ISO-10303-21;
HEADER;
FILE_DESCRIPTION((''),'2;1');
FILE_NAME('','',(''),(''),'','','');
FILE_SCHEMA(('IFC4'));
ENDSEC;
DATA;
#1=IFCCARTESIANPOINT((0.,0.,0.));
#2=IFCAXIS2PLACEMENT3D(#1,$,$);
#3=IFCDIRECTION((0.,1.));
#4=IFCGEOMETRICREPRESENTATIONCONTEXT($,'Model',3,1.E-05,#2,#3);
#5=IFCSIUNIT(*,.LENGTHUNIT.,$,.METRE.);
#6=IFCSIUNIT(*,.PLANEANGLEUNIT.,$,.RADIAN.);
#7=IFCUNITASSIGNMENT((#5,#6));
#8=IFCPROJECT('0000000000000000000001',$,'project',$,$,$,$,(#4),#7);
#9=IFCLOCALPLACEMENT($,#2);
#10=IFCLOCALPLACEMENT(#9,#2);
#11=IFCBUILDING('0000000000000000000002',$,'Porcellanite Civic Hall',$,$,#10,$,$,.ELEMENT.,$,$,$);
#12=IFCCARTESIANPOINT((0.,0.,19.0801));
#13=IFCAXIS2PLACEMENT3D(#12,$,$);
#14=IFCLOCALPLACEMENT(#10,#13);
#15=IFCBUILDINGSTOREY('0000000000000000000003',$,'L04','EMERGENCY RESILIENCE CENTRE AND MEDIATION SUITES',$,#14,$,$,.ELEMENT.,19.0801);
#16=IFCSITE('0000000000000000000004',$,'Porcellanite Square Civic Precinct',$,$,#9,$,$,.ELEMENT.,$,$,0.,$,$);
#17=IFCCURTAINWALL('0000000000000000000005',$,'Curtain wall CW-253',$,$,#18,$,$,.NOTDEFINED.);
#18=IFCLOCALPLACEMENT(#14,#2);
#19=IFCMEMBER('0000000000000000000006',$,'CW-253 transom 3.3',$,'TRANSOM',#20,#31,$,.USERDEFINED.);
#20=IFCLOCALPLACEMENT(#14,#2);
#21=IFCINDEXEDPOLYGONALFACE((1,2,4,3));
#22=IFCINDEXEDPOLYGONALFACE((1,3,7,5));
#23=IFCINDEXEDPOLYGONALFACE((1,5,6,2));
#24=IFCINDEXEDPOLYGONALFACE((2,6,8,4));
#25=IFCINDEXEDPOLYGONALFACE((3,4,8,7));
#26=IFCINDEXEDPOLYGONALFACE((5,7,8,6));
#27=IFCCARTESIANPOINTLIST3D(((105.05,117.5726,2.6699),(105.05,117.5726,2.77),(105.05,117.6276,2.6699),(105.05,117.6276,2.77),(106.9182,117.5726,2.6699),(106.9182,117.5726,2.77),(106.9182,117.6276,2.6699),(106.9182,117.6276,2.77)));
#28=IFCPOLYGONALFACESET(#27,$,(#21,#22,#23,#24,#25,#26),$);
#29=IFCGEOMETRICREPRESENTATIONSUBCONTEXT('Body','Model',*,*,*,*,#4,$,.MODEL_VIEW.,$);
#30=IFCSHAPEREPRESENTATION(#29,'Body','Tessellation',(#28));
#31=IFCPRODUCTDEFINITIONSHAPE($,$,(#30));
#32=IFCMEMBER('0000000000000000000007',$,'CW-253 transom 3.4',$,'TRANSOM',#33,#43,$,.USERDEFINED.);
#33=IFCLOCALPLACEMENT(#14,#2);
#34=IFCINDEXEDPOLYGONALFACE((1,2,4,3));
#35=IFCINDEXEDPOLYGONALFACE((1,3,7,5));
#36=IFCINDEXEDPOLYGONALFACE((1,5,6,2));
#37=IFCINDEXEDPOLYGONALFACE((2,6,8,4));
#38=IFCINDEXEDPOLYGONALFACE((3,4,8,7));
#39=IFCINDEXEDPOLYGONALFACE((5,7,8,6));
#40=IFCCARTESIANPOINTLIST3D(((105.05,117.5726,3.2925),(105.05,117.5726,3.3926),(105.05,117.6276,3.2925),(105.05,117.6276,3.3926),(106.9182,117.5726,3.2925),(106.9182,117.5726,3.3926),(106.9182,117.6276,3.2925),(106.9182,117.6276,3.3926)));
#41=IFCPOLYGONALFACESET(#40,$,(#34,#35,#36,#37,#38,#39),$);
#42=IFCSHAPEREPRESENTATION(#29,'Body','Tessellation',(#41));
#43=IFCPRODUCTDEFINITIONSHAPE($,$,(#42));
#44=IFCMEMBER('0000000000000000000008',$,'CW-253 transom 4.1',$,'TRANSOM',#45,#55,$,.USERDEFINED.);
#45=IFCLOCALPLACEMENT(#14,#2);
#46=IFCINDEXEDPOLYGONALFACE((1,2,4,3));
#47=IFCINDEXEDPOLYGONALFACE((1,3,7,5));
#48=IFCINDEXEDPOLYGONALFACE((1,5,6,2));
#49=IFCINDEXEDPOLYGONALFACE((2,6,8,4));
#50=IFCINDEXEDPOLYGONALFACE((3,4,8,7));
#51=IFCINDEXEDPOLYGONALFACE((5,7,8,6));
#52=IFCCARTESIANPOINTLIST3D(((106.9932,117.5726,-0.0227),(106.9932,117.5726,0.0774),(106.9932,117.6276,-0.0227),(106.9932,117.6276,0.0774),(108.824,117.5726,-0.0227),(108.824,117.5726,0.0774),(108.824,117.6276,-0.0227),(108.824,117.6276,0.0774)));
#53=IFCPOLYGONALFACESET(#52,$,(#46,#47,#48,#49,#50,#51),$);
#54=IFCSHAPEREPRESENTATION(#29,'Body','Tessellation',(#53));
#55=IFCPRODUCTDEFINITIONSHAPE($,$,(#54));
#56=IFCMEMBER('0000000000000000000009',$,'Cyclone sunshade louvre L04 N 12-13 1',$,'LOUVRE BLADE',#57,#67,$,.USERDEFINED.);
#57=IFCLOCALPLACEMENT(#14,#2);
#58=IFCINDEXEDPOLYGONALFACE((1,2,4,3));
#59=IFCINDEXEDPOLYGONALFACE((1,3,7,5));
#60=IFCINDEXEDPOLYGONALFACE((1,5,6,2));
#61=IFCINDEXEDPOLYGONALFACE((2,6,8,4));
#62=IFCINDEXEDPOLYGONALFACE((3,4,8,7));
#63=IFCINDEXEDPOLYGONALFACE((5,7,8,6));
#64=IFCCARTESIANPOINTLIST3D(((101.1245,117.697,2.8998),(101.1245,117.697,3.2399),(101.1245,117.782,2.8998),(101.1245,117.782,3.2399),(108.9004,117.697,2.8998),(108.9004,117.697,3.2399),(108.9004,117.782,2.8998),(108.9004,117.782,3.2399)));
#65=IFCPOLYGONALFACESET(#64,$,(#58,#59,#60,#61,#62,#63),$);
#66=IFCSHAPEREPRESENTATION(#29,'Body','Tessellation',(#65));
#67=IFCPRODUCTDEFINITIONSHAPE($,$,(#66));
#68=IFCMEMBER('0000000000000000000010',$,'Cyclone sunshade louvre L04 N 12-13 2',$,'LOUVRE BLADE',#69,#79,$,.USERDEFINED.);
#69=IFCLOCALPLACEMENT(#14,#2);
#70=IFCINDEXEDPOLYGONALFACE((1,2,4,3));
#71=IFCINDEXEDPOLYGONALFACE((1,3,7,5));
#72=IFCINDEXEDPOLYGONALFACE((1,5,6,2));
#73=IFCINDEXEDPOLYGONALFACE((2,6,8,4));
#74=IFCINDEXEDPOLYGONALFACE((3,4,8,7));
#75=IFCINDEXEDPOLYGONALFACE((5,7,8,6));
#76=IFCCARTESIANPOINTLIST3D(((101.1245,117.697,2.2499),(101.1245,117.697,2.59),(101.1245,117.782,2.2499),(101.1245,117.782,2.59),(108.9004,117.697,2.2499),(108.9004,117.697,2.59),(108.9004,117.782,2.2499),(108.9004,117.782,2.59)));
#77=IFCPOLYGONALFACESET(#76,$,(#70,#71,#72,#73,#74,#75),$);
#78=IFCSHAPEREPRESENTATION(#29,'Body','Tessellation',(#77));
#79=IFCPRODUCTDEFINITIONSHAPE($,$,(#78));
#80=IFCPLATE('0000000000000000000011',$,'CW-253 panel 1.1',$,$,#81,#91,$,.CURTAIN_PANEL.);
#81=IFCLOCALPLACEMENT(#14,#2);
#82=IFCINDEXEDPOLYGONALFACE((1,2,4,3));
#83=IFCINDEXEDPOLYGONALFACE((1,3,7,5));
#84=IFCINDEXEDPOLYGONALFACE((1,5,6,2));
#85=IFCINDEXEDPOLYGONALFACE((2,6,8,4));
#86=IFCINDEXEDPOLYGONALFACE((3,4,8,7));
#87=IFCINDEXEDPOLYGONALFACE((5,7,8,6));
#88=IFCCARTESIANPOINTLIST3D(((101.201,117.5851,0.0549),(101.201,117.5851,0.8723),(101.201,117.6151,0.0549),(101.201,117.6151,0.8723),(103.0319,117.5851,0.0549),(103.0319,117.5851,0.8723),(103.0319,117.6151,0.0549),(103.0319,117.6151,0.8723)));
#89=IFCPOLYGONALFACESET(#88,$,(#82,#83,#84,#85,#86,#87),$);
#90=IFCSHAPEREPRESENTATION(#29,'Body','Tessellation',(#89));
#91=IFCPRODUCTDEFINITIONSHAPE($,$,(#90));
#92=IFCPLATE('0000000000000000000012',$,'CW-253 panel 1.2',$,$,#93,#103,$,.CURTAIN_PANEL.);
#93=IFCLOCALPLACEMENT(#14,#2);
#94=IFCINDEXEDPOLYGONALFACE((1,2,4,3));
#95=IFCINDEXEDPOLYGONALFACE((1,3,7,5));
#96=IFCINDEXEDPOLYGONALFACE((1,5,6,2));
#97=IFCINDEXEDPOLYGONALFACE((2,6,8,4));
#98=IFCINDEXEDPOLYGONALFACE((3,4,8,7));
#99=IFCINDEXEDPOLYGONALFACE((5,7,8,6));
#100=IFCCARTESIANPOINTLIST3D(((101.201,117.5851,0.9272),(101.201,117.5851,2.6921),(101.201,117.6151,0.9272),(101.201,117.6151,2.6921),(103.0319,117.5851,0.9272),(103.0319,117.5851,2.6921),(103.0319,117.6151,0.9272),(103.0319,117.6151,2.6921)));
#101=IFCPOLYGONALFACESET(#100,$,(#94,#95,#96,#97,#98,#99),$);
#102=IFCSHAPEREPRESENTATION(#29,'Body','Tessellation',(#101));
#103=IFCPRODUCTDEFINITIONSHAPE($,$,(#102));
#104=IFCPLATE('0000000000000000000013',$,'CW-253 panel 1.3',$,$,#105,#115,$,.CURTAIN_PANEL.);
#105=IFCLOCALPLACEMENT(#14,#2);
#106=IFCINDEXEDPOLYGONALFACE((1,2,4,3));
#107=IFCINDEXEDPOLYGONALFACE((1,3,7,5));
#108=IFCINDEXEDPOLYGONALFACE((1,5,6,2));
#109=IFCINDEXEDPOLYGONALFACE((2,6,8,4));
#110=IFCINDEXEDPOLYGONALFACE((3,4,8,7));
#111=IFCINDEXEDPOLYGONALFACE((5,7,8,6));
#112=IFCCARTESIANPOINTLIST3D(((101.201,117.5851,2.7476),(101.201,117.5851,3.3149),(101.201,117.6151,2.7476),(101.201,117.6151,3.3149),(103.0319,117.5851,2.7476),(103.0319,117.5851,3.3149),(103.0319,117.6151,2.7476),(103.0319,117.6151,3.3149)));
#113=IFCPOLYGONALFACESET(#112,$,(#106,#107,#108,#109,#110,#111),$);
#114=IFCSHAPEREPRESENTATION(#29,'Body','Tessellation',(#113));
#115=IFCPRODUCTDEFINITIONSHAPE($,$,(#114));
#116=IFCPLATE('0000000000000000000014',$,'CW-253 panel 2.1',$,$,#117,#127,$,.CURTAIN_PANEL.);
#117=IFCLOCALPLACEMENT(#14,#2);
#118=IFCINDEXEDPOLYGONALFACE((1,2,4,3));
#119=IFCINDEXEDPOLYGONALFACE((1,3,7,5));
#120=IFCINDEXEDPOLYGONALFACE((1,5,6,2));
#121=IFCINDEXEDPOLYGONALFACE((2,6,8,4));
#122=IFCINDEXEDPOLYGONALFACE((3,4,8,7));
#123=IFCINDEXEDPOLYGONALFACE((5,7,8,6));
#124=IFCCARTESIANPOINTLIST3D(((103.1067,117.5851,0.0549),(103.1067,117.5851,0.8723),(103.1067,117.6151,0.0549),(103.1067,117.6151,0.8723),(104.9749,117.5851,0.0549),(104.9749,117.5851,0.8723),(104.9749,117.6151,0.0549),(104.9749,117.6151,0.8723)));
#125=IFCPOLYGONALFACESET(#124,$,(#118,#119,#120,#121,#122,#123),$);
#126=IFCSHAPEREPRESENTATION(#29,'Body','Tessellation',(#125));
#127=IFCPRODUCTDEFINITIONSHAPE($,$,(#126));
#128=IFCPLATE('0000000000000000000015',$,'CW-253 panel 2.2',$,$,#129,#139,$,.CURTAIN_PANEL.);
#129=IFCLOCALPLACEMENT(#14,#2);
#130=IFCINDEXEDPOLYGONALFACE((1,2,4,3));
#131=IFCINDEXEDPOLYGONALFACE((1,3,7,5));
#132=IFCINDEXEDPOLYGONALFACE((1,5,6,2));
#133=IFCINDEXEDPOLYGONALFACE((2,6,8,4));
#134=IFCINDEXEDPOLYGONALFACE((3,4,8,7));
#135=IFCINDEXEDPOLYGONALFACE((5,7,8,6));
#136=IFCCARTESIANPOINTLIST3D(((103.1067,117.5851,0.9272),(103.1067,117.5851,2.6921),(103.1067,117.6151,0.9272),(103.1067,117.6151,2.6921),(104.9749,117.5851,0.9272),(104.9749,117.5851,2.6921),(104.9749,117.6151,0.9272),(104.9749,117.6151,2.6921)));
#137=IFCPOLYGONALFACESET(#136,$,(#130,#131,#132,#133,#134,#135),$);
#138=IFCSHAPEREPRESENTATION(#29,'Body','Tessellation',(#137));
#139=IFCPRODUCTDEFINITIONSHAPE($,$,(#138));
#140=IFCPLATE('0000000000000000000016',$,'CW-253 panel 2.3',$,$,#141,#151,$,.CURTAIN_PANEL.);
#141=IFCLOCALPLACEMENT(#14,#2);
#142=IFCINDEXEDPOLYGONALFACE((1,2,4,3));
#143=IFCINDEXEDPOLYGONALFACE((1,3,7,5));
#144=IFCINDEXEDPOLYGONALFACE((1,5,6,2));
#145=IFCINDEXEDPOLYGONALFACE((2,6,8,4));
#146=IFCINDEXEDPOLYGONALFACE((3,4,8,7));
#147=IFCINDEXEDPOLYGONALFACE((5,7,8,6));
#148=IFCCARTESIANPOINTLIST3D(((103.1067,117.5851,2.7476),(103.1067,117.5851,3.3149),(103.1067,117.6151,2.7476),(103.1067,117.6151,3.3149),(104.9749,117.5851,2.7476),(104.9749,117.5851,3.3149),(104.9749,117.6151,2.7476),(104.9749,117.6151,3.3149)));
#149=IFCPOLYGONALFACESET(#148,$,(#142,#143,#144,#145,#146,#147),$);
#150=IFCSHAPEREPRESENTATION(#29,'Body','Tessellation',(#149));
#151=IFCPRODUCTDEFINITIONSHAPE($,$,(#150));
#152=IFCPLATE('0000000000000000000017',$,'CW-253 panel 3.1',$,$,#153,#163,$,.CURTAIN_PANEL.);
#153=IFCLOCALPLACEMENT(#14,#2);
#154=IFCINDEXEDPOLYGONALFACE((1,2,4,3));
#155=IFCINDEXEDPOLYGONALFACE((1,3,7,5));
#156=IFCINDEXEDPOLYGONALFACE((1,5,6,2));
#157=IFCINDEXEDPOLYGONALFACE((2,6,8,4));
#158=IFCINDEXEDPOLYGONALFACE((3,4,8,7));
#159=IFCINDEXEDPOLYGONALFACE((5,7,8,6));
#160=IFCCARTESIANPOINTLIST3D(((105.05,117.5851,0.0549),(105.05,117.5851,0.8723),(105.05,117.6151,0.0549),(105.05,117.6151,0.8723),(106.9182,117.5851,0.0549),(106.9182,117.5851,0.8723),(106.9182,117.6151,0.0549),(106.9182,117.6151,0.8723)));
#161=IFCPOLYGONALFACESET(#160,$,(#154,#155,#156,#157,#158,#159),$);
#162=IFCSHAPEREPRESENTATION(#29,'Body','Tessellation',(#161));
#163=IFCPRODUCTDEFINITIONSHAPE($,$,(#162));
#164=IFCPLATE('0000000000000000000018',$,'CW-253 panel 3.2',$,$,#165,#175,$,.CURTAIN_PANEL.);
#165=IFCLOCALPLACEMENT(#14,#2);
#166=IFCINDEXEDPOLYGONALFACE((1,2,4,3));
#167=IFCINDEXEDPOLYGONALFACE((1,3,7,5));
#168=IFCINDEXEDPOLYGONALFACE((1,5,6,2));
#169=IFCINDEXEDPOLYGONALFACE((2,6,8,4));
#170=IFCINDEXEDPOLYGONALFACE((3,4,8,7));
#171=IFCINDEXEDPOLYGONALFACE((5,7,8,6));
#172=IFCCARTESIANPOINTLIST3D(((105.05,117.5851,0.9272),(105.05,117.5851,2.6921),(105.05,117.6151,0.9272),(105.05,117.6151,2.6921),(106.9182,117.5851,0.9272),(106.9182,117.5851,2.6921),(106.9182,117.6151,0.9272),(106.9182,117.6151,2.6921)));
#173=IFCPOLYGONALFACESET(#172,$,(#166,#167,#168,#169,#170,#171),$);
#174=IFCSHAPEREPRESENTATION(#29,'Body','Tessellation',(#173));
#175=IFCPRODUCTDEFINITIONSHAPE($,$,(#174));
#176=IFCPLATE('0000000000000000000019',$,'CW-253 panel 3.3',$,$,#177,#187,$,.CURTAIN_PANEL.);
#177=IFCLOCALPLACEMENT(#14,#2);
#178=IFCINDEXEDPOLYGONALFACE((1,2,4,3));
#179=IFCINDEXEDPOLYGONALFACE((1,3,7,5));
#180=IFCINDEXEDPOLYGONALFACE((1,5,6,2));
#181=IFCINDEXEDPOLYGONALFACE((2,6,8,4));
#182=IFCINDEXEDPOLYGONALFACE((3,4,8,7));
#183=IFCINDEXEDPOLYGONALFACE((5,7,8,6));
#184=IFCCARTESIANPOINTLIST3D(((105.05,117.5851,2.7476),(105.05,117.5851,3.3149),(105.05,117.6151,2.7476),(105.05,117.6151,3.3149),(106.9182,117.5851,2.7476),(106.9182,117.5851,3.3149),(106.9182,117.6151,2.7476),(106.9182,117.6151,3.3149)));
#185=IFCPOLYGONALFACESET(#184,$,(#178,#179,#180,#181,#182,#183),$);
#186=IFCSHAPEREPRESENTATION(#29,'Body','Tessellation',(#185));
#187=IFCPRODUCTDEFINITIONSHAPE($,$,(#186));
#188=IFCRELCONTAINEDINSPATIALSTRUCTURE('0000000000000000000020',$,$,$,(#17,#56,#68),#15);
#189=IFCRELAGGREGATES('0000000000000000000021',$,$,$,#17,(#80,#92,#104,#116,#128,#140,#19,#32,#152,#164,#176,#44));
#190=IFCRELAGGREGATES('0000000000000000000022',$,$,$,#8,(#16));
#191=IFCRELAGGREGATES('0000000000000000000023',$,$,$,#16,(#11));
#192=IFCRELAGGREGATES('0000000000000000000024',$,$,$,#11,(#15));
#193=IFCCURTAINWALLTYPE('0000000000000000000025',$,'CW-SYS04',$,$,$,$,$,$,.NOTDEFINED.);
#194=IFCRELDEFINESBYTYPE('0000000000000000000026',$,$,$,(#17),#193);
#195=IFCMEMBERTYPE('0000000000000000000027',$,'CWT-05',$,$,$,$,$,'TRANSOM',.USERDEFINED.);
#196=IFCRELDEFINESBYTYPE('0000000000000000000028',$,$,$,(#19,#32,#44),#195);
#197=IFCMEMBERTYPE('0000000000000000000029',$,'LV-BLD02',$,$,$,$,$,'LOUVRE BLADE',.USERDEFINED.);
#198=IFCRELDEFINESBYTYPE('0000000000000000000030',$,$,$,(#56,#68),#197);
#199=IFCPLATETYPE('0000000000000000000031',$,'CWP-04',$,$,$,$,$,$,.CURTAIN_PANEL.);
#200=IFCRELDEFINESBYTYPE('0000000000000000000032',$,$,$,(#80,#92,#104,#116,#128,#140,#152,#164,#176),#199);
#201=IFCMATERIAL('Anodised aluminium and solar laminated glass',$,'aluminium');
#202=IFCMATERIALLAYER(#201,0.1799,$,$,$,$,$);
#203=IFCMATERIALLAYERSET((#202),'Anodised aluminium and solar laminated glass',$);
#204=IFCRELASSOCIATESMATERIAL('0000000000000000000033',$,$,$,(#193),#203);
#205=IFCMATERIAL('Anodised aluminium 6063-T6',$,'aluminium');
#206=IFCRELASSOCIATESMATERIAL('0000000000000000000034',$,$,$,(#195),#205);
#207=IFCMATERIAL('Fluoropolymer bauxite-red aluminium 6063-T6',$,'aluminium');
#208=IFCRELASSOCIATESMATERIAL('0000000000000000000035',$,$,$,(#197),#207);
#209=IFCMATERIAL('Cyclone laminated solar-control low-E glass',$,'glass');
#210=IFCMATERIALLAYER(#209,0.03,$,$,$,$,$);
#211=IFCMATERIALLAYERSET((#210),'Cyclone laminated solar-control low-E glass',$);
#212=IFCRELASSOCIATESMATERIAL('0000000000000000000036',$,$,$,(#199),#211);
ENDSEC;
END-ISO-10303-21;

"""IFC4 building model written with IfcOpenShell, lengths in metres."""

from ifc_helpers import new_model, si_unit, direction, frame, origin, origin_2d, place, context, subcontext, project, spatial, rectangle, extrude, material, layer, layer_set, material_profile, profile_set, type_object, element, aggregate, save


model = new_model("IFC4")

# Units and contexts
model_context = context("Model", 3, precision=1e-05, world=origin(), true_north=direction((0.0, 1.0)))
body_context = subcontext(model_context, "Body", "Model", "MODEL_VIEW")
ifc_project = project(units=[si_unit("LENGTHUNIT", "METRE"), si_unit("PLANEANGLEUNIT", "RADIAN")], contexts=[model_context])

# Site, building, storey
site_placement = place(None, origin())
site = spatial("IfcSite", under=ifc_project, at=site_placement, Name="Porcellanite Square Civic Precinct", CompositionType="ELEMENT", RefElevation=0.0)
building_placement = place(site_placement, origin())
building = spatial("IfcBuilding", under=site, at=building_placement, Name="Porcellanite Civic Hall", CompositionType="ELEMENT")
storey_placement = place(building_placement, frame((0.0, 0.0, 19.0801)))
storey = spatial("IfcBuildingStorey", under=building, at=storey_placement, Name="L04", Description="EMERGENCY RESILIENCE CENTRE AND MEDIATION SUITES", CompositionType="ELEMENT", Elevation=19.0801)

# Curtain wall, members
ifc_material_1 = material(Name="Anodised aluminium and solar laminated glass", Category="aluminium")
ifc_layer_1 = layer(ifc_material_1, 0.1799)
ifc_layer_set_1 = layer_set([ifc_layer_1], Name="Anodised aluminium and solar laminated glass")
curtain_wall_type = type_object("IfcCurtainWallType", Name="CW-SYS04", PredefinedType="NOTDEFINED", material=ifc_layer_set_1)
curtain_wall_placement = place(storey_placement, origin())
curtain_wall = element("IfcCurtainWall", 1, at=curtain_wall_placement, inside=storey, type_object=curtain_wall_type, Name="Curtain wall CW-253", PredefinedType="NOTDEFINED")
ifc_material_2 = material(Name="Anodised aluminium 6063-T6", Category="aluminium")
ifc_material_profile_1 = material_profile(ifc_material_2, rectangle(XDim=0.0549, YDim=0.1001, at=origin_2d()), Name="AL-55x100")
ifc_profile_set_1 = profile_set([ifc_material_profile_1], Name="Anodised aluminium 6063-T6")
member_type_1 = type_object("IfcMemberType", Name="CWT-05", ElementType="TRANSOM", PredefinedType="USERDEFINED", material=ifc_profile_set_1)
member_1_placement = place(storey_placement, frame((105.05, 117.6001, 2.72), z_axis=(1.0, 0.0, 0.0), x_axis=(0.0, 1.0, 0.0)))
member_1 = element("IfcMember", 2, at=member_1_placement, type_object=member_type_1, Name="CW-253 transom 3.3", ObjectType="TRANSOM", PredefinedType="USERDEFINED", context=body_context, shape_type="SweptSolid", body=[
    extrude(rectangle(XDim=0.0549, YDim=0.1001, at=origin_2d()), origin(), (0.0, 0.0, 1.0), 1.8682),
])
member_2_placement = place(storey_placement, frame((105.05, 117.6001, 3.3425), z_axis=(1.0, 0.0, 0.0), x_axis=(0.0, 1.0, 0.0)))
member_2 = element("IfcMember", 3, at=member_2_placement, type_object=member_type_1, Name="CW-253 transom 3.4", ObjectType="TRANSOM", PredefinedType="USERDEFINED", context=body_context, shape_type="SweptSolid", body=[
    extrude(rectangle(XDim=0.0549, YDim=0.1001, at=origin_2d()), origin(), (0.0, 0.0, 1.0), 1.8682),
])
member_3_placement = place(storey_placement, frame((106.9932, 117.6001, 0.0273), z_axis=(1.0, 0.0, 0.0), x_axis=(0.0, 1.0, 0.0)))
member_3 = element("IfcMember", 4, at=member_3_placement, type_object=member_type_1, Name="CW-253 transom 4.1", ObjectType="TRANSOM", PredefinedType="USERDEFINED", context=body_context, shape_type="SweptSolid", body=[
    extrude(rectangle(XDim=0.0549, YDim=0.1001, at=origin_2d()), origin(), (0.0, 0.0, 1.0), 1.8308),
])

# Members
ifc_material_3 = material(Name="Fluoropolymer bauxite-red aluminium 6063-T6", Category="aluminium")
ifc_material_profile_2 = material_profile(ifc_material_3, rectangle(XDim=0.085, YDim=0.3401, at=origin_2d()), Name="AL-85x340")
ifc_profile_set_2 = profile_set([ifc_material_profile_2], Name="Fluoropolymer bauxite-red aluminium 6063-T6")
member_type_2 = type_object("IfcMemberType", Name="LV-BLD02", ElementType="LOUVRE BLADE", PredefinedType="USERDEFINED", material=ifc_profile_set_2)
for number, where, z_axis, x_axis, name in (
    (5, (101.1245, 117.7395, 3.0698), (1.0, 0.0, 0.0), (0.0, 1.0, 0.0), "Cyclone sunshade louvre L04 N 12-13 1"),
    (6, (101.1245, 117.7395, 2.4199), (1.0, 0.0, 0.0), (0.0, 1.0, 0.0), "Cyclone sunshade louvre L04 N 12-13 2"),
):
    element("IfcMember", number, at=place(storey_placement, frame(where, z_axis=z_axis, x_axis=x_axis)), inside=storey, type_object=member_type_2, Name=name, ObjectType="LOUVRE BLADE", PredefinedType="USERDEFINED", context=body_context, shape_type="SweptSolid", body=[
        extrude(rectangle(XDim=0.085, YDim=0.3401, at=origin_2d()), origin(), (0.0, 0.0, 1.0), 7.7759),
    ])

# Plates
ifc_material_4 = material(Name="Cyclone laminated solar-control low-E glass", Category="glass")
ifc_layer_2 = layer(ifc_material_4, 0.03)
ifc_layer_set_2 = layer_set([ifc_layer_2], Name="Cyclone laminated solar-control low-E glass")
plate_type = type_object("IfcPlateType", Name="CWP-04", PredefinedType="CURTAIN_PANEL", material=ifc_layer_set_2)
plate_1_placement = place(storey_placement, frame((102.1165, 117.6001, 0.0549), z_axis=(0.0, 0.0, 1.0), x_axis=(1.0, 0.0, 0.0)))
plate_1 = element("IfcPlate", 7, at=plate_1_placement, type_object=plate_type, Name="CW-253 panel 1.1", PredefinedType="CURTAIN_PANEL", context=body_context, shape_type="SweptSolid", body=[
    extrude(rectangle(XDim=1.8308, YDim=0.03, at=origin_2d()), origin(), (0.0, 0.0, 1.0), 0.8174),
])
plate_2_placement = place(storey_placement, frame((102.1165, 117.6001, 0.9272), z_axis=(0.0, 0.0, 1.0), x_axis=(1.0, 0.0, 0.0)))
plate_2 = element("IfcPlate", 8, at=plate_2_placement, type_object=plate_type, Name="CW-253 panel 1.2", PredefinedType="CURTAIN_PANEL", context=body_context, shape_type="SweptSolid", body=[
    extrude(rectangle(XDim=1.8308, YDim=0.03, at=origin_2d()), origin(), (0.0, 0.0, 1.0), 1.7649),
])
plate_3_placement = place(storey_placement, frame((102.1165, 117.6001, 2.7476), z_axis=(0.0, 0.0, 1.0), x_axis=(1.0, 0.0, 0.0)))
plate_3 = element("IfcPlate", 9, at=plate_3_placement, type_object=plate_type, Name="CW-253 panel 1.3", PredefinedType="CURTAIN_PANEL", context=body_context, shape_type="SweptSolid", body=[
    extrude(rectangle(XDim=1.8308, YDim=0.03, at=origin_2d()), origin(), (0.0, 0.0, 1.0), 0.5674),
])
plate_4_placement = place(storey_placement, frame((104.0408, 117.6001, 0.0549), z_axis=(0.0, 0.0, 1.0), x_axis=(1.0, 0.0, 0.0)))
plate_4 = element("IfcPlate", 10, at=plate_4_placement, type_object=plate_type, Name="CW-253 panel 2.1", PredefinedType="CURTAIN_PANEL", context=body_context, shape_type="SweptSolid", body=[
    extrude(rectangle(XDim=1.8682, YDim=0.03, at=origin_2d()), origin(), (0.0, 0.0, 1.0), 0.8174),
])
plate_5_placement = place(storey_placement, frame((104.0408, 117.6001, 0.9272), z_axis=(0.0, 0.0, 1.0), x_axis=(1.0, 0.0, 0.0)))
plate_5 = element("IfcPlate", 11, at=plate_5_placement, type_object=plate_type, Name="CW-253 panel 2.2", PredefinedType="CURTAIN_PANEL", context=body_context, shape_type="SweptSolid", body=[
    extrude(rectangle(XDim=1.8682, YDim=0.03, at=origin_2d()), origin(), (0.0, 0.0, 1.0), 1.7649),
])
plate_6_placement = place(storey_placement, frame((104.0408, 117.6001, 2.7476), z_axis=(0.0, 0.0, 1.0), x_axis=(1.0, 0.0, 0.0)))
plate_6 = element("IfcPlate", 12, at=plate_6_placement, type_object=plate_type, Name="CW-253 panel 2.3", PredefinedType="CURTAIN_PANEL", context=body_context, shape_type="SweptSolid", body=[
    extrude(rectangle(XDim=1.8682, YDim=0.03, at=origin_2d()), origin(), (0.0, 0.0, 1.0), 0.5674),
])
plate_7_placement = place(storey_placement, frame((105.9841, 117.6001, 0.0549), z_axis=(0.0, 0.0, 1.0), x_axis=(1.0, 0.0, 0.0)))
plate_7 = element("IfcPlate", 13, at=plate_7_placement, type_object=plate_type, Name="CW-253 panel 3.1", PredefinedType="CURTAIN_PANEL", context=body_context, shape_type="SweptSolid", body=[
    extrude(rectangle(XDim=1.8682, YDim=0.03, at=origin_2d()), origin(), (0.0, 0.0, 1.0), 0.8174),
])
plate_8_placement = place(storey_placement, frame((105.9841, 117.6001, 0.9272), z_axis=(0.0, 0.0, 1.0), x_axis=(1.0, 0.0, 0.0)))
plate_8 = element("IfcPlate", 14, at=plate_8_placement, type_object=plate_type, Name="CW-253 panel 3.2", PredefinedType="CURTAIN_PANEL", context=body_context, shape_type="SweptSolid", body=[
    extrude(rectangle(XDim=1.8682, YDim=0.03, at=origin_2d()), origin(), (0.0, 0.0, 1.0), 1.7649),
])
plate_9_placement = place(storey_placement, frame((105.9841, 117.6001, 2.7476), z_axis=(0.0, 0.0, 1.0), x_axis=(1.0, 0.0, 0.0)))
plate_9 = element("IfcPlate", 15, at=plate_9_placement, type_object=plate_type, Name="CW-253 panel 3.3", PredefinedType="CURTAIN_PANEL", context=body_context, shape_type="SweptSolid", body=[
    extrude(rectangle(XDim=1.8682, YDim=0.03, at=origin_2d()), origin(), (0.0, 0.0, 1.0), 0.5674),
])
aggregate(curtain_wall, [plate_1, plate_2, plate_3, plate_4, plate_5, plate_6, member_1, member_2, plate_7, plate_8, plate_9, member_3])

save(model, "model.ifc")
